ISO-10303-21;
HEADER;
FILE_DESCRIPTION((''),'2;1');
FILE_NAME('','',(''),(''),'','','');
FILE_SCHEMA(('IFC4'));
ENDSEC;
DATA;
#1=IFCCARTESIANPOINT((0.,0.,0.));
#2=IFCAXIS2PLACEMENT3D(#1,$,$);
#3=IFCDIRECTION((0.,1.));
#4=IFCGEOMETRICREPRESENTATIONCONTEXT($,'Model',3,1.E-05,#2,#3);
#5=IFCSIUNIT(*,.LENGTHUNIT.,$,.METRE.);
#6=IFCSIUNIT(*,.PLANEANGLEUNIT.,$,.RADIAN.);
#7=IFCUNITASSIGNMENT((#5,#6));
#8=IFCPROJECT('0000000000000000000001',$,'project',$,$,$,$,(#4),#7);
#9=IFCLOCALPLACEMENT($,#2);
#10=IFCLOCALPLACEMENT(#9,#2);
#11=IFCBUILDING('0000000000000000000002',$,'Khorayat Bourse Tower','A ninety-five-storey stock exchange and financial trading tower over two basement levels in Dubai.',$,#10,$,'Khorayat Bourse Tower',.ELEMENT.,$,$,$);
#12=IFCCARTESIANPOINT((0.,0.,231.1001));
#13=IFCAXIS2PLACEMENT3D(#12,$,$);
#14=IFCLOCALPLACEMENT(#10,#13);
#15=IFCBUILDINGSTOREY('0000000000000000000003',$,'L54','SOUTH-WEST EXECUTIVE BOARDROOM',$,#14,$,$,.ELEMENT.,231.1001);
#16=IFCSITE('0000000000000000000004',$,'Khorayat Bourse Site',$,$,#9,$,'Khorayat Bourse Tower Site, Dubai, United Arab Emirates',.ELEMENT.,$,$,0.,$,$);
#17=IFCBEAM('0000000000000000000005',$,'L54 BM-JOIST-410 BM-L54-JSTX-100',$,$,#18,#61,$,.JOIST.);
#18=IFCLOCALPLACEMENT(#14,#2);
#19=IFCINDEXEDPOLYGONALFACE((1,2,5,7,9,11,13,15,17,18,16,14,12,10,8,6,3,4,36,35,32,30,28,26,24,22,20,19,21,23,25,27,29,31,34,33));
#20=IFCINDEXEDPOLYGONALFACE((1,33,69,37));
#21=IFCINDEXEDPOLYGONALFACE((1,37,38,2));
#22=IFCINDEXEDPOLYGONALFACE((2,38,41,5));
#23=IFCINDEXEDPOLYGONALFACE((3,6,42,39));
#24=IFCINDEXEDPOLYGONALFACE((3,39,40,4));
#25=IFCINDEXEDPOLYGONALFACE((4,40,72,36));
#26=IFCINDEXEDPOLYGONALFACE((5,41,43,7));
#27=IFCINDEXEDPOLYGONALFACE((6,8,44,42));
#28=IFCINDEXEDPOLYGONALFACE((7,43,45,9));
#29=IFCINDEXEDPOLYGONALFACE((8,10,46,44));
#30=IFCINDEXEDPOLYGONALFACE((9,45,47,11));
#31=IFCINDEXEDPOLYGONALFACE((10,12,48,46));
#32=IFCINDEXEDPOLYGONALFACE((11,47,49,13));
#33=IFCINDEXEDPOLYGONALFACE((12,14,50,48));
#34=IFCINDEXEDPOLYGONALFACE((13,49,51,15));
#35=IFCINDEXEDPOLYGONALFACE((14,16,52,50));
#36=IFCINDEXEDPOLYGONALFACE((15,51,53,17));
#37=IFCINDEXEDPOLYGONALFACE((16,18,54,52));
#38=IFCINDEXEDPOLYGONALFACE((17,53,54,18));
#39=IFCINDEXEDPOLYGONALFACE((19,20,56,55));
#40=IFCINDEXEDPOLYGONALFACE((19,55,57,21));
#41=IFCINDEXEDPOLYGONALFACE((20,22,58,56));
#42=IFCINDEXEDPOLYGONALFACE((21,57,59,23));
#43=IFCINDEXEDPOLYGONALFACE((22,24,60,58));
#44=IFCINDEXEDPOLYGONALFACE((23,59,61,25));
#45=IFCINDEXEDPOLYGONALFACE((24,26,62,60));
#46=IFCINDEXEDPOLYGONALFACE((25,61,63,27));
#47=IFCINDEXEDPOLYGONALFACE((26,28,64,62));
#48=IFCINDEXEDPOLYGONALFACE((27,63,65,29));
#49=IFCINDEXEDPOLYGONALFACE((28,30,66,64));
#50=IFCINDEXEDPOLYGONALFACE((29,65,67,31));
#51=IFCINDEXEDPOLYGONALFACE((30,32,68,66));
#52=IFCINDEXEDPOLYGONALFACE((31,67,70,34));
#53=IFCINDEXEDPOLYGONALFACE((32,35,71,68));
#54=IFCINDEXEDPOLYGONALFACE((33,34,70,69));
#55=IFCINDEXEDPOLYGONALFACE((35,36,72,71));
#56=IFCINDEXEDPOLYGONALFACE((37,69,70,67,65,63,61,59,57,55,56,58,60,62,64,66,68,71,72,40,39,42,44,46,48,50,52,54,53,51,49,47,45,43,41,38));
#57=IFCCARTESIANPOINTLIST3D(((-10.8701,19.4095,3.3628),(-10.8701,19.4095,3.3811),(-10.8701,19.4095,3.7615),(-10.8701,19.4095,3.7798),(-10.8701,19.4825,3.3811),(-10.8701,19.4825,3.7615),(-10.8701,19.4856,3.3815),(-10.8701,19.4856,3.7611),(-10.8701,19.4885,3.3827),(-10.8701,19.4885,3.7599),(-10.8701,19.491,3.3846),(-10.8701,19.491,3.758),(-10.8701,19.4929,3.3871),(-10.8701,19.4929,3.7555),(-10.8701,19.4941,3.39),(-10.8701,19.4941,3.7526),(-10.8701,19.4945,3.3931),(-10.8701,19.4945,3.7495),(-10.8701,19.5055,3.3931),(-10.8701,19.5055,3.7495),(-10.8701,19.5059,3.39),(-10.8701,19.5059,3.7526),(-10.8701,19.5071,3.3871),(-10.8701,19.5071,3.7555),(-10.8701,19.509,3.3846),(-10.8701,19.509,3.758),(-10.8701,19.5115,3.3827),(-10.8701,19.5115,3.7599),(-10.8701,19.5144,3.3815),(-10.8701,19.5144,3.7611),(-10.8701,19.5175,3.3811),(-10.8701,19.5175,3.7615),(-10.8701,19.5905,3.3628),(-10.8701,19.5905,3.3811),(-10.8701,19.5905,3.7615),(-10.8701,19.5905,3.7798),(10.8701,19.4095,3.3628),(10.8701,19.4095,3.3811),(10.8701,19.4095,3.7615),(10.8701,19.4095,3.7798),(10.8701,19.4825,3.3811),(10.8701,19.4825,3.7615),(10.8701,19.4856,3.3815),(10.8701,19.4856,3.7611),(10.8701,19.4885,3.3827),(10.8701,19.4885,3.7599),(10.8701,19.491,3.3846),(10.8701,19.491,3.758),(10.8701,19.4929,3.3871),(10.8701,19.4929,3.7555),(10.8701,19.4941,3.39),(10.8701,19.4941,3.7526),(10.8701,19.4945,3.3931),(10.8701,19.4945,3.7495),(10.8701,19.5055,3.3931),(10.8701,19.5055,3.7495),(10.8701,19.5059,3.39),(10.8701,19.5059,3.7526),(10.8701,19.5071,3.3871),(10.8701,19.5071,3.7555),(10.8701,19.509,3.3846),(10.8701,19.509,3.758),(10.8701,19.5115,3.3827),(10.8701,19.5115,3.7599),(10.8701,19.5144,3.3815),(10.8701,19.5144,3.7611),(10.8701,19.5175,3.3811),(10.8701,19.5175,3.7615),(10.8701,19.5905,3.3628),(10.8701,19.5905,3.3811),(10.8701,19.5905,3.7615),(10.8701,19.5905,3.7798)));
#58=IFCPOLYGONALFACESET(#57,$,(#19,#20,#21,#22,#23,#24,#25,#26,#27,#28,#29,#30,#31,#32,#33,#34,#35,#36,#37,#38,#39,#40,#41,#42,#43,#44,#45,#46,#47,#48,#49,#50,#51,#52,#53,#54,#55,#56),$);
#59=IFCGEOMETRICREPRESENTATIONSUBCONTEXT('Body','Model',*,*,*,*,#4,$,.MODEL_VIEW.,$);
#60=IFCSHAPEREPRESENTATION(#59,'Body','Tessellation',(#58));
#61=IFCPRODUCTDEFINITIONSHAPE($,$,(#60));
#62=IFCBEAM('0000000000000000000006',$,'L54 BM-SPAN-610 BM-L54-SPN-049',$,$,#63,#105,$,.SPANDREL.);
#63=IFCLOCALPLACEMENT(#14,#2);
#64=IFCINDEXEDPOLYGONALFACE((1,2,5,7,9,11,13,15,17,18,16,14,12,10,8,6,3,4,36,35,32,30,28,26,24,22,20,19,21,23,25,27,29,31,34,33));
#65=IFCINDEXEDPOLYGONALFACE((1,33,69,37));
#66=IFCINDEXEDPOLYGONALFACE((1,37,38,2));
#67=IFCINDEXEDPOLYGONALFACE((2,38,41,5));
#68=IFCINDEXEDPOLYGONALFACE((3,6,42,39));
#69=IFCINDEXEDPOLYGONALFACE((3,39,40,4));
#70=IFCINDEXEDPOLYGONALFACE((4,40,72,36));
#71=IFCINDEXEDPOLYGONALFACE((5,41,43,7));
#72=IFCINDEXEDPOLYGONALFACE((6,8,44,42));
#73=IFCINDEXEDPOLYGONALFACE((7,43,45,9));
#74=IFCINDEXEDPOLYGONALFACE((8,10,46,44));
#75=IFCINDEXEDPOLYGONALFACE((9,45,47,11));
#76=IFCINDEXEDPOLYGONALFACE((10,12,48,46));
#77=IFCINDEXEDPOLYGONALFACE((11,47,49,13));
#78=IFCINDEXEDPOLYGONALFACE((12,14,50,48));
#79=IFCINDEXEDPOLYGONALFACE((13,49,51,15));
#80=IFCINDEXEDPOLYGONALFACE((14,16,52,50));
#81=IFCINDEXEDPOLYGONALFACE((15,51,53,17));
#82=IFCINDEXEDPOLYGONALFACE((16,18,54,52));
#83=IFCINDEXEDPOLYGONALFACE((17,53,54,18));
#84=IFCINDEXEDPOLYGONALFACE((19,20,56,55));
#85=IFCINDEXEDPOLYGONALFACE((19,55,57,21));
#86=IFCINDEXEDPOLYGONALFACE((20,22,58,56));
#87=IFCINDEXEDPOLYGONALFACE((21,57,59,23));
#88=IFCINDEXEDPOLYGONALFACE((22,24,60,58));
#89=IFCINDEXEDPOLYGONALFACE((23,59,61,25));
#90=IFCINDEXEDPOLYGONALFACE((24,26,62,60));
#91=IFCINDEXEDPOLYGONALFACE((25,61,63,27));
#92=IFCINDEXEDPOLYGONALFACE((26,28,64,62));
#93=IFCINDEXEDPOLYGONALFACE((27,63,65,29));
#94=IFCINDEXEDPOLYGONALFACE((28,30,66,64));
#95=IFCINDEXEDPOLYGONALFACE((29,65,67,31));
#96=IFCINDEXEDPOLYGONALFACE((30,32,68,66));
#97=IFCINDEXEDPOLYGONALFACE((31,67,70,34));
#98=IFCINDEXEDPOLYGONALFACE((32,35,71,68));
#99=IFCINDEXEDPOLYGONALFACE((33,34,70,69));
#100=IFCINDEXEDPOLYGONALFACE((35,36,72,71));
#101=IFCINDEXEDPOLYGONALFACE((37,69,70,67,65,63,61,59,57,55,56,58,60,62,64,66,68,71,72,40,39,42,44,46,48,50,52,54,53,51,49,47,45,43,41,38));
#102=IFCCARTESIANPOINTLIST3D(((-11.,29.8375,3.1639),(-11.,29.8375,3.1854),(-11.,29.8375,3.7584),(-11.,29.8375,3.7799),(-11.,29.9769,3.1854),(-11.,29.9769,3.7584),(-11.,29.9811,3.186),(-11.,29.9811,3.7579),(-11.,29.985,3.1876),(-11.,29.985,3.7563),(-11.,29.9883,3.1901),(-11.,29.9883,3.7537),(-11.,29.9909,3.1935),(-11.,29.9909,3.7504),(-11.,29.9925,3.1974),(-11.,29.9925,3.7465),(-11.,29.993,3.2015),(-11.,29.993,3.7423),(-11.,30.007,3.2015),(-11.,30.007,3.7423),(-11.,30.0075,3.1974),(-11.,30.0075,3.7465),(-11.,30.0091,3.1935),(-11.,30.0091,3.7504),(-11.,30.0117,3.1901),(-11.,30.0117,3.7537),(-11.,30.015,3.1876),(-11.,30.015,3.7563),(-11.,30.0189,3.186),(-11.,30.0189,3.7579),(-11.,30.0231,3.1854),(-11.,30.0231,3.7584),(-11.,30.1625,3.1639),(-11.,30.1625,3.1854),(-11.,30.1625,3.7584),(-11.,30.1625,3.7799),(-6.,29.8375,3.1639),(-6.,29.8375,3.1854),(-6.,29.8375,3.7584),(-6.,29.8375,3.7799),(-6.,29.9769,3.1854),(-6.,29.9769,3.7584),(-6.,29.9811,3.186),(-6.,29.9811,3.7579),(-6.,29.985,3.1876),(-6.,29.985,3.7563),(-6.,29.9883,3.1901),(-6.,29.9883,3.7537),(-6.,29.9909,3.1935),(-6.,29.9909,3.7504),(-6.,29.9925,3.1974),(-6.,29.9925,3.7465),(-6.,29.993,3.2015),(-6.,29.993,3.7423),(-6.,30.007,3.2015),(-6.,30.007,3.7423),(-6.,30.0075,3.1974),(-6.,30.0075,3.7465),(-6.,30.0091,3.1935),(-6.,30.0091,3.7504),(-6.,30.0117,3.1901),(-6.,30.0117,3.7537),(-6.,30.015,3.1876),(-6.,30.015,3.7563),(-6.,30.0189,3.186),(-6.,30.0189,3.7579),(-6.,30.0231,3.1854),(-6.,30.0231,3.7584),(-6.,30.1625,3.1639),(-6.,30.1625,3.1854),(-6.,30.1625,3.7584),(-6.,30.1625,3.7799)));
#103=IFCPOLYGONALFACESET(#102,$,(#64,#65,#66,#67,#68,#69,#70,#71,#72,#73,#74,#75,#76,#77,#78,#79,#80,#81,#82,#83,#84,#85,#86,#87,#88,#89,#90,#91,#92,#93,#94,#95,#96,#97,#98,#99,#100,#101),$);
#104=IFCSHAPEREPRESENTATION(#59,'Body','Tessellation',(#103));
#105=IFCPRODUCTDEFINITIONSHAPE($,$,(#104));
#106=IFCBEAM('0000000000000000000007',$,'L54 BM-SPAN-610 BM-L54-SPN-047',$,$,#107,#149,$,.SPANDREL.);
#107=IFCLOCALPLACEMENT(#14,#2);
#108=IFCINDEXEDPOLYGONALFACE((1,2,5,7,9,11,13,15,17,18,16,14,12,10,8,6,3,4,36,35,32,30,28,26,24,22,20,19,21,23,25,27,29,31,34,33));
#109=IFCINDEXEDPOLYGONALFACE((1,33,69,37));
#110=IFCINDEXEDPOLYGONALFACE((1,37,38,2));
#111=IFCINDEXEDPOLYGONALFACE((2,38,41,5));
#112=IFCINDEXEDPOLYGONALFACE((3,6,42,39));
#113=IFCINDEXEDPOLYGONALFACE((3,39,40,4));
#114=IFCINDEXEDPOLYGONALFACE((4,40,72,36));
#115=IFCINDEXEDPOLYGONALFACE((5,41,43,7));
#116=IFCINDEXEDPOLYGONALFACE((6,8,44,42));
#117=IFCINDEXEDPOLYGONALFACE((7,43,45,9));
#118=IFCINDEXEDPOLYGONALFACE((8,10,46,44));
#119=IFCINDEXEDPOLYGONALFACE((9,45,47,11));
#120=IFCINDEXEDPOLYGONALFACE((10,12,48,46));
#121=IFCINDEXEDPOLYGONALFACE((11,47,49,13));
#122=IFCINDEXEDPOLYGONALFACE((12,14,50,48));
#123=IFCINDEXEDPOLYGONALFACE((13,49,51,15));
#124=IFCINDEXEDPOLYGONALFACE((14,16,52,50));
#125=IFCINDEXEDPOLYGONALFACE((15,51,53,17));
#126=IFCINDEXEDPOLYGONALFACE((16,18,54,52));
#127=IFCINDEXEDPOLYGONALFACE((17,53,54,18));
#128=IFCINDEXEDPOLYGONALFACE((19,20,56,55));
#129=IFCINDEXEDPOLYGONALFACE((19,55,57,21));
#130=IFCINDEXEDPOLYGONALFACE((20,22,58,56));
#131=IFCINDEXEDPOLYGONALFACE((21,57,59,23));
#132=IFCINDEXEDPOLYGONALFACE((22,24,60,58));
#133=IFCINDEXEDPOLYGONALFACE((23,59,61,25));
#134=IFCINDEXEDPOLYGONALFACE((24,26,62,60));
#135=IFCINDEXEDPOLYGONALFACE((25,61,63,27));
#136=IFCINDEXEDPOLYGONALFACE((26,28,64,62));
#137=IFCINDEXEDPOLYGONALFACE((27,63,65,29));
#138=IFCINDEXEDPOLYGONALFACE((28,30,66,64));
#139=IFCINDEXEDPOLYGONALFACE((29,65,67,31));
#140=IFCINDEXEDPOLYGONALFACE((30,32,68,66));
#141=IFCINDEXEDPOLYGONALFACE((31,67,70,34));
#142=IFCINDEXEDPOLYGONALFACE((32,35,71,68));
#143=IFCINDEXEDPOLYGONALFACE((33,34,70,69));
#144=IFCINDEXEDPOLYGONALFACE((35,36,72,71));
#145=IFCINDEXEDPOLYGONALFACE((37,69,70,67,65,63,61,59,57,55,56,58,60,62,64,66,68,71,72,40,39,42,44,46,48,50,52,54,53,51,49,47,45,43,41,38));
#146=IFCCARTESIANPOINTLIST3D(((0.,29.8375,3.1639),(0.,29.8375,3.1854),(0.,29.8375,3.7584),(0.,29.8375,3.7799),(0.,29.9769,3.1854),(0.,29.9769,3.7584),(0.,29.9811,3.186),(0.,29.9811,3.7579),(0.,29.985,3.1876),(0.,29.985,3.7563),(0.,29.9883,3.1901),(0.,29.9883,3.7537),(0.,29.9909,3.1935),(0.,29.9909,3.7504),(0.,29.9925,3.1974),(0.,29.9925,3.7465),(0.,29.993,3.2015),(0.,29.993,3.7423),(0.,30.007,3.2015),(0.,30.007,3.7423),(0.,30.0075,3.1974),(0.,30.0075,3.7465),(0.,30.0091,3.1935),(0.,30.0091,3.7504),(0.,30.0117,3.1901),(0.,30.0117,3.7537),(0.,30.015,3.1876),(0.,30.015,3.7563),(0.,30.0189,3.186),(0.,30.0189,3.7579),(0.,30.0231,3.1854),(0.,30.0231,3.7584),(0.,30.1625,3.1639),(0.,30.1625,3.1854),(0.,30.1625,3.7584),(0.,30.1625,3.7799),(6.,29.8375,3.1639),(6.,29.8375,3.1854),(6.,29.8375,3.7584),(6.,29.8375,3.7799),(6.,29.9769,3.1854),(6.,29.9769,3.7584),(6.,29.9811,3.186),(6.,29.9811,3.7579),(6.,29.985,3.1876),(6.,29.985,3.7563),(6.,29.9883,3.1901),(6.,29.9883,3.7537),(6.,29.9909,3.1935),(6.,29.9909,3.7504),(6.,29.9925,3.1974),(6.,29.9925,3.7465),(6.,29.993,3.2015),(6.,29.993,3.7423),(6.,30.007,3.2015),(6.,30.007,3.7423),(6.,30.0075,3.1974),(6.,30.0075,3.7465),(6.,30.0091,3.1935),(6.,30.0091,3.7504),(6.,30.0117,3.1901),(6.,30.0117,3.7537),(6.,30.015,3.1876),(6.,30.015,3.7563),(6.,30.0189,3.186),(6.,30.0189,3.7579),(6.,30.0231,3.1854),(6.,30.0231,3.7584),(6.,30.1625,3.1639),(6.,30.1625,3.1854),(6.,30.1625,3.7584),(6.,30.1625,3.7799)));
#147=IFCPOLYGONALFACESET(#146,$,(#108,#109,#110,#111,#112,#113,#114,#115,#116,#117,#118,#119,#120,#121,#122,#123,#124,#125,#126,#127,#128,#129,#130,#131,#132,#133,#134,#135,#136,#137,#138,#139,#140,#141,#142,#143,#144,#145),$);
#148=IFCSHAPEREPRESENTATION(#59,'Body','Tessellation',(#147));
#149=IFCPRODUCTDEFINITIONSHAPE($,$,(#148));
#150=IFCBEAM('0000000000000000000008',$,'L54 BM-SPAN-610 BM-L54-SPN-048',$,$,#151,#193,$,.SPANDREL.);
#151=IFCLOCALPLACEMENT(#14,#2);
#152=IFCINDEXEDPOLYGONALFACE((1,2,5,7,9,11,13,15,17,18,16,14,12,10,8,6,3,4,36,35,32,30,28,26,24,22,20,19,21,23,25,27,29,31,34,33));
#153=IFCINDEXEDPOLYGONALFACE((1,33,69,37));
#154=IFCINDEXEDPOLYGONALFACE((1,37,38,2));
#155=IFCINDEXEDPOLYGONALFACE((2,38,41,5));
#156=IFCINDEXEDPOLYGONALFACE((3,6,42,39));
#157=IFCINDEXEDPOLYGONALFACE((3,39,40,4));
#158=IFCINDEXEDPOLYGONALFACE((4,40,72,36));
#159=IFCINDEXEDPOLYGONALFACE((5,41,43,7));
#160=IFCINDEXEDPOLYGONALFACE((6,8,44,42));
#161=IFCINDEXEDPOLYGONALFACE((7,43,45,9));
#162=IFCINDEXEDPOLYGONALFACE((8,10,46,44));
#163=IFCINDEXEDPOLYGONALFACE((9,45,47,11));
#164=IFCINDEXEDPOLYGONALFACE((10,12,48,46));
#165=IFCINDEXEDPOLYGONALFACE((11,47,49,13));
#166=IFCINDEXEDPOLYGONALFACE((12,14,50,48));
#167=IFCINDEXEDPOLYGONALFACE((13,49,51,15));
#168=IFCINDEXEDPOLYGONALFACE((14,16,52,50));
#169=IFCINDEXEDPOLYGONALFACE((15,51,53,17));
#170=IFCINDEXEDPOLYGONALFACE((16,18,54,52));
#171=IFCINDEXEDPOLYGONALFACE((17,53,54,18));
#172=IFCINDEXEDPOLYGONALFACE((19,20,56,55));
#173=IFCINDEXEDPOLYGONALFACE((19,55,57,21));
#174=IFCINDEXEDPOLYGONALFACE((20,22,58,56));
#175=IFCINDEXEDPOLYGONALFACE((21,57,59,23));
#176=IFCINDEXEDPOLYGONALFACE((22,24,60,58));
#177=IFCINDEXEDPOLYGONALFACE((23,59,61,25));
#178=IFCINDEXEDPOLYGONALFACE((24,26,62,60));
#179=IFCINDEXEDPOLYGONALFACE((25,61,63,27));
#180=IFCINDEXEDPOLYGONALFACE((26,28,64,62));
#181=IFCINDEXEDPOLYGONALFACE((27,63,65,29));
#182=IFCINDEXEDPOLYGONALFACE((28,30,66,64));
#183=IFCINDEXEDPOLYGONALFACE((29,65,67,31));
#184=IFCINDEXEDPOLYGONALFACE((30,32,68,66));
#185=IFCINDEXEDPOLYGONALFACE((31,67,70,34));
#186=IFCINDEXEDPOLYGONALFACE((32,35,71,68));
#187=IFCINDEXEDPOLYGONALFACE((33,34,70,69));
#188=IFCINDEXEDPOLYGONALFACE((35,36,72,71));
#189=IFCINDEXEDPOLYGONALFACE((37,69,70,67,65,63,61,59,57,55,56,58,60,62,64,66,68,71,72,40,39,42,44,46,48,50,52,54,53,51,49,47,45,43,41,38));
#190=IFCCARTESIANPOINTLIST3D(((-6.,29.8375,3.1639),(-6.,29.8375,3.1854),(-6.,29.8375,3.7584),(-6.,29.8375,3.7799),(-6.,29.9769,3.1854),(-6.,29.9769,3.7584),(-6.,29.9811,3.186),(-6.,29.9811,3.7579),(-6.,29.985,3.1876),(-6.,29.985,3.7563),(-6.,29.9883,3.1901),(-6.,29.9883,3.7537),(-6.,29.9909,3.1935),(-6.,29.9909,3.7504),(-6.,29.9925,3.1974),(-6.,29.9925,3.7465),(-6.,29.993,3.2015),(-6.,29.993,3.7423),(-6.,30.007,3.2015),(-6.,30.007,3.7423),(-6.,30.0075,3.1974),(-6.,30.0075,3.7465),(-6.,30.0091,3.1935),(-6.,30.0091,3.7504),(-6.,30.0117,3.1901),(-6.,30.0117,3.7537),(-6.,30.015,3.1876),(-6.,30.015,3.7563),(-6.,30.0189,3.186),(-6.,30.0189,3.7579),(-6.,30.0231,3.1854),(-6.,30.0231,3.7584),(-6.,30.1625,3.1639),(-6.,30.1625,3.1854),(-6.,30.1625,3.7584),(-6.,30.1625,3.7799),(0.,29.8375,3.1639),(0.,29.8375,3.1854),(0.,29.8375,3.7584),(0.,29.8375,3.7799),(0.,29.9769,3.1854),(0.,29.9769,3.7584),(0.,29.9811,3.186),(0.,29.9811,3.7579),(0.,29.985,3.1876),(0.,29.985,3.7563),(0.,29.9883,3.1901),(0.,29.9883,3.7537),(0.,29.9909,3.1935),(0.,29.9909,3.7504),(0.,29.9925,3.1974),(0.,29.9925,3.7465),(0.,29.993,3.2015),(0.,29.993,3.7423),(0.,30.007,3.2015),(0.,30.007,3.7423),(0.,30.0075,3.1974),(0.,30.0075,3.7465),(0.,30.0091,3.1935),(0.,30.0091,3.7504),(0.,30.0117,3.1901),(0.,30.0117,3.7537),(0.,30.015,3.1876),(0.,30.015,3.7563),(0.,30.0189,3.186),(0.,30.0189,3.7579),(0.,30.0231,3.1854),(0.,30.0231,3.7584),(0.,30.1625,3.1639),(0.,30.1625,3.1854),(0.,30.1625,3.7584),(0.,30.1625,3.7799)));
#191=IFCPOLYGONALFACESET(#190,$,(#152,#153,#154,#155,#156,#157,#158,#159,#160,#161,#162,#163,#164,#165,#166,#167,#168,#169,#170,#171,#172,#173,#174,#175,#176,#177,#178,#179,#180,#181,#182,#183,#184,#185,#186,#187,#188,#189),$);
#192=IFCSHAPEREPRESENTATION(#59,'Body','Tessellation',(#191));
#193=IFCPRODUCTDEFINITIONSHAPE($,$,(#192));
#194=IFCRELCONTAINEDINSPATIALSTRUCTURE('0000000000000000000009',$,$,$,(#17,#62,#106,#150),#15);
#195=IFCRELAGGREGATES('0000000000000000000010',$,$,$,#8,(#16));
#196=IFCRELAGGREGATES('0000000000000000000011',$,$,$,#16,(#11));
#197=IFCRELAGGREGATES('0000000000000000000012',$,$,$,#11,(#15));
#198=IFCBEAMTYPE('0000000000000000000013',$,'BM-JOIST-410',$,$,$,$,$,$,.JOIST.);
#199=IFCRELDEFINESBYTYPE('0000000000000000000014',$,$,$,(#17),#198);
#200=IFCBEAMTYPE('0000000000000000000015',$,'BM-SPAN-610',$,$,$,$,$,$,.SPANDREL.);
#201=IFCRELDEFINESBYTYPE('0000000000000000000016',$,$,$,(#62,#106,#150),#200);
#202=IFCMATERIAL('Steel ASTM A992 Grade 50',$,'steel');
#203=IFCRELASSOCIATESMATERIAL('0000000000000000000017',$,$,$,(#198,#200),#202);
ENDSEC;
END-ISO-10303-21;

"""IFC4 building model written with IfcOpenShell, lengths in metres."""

from ifc_helpers import new_model, si_unit, direction, frame, origin, origin_2d, place, context, subcontext, project, spatial, i_section, extrude, source, transform, mapped, material, material_profile, profile_set, type_object, element, save


model = new_model("IFC4")

# Units and contexts
model_context = context("Model", 3, precision=1e-05, world=origin(), true_north=direction((0.0, 1.0)))
body_context = subcontext(model_context, "Body", "Model", "MODEL_VIEW")
ifc_project = project(units=[si_unit("LENGTHUNIT", "METRE"), si_unit("PLANEANGLEUNIT", "RADIAN")], contexts=[model_context])

# Site, building, storey
site_placement = place(None, origin())
site = spatial("IfcSite", under=ifc_project, at=site_placement, Name="Khorayat Bourse Site", LongName="Khorayat Bourse Tower Site, Dubai, United Arab Emirates", CompositionType="ELEMENT", RefElevation=0.0)
building_placement = place(site_placement, origin())
building = spatial("IfcBuilding", under=site, at=building_placement, Name="Khorayat Bourse Tower", Description="A ninety-five-storey stock exchange and financial trading tower over two basement levels in Dubai.", LongName="Khorayat Bourse Tower", CompositionType="ELEMENT")
storey_placement = place(building_placement, frame((0.0, 0.0, 231.1001)))
storey = spatial("IfcBuildingStorey", under=building, at=storey_placement, Name="L54", Description="SOUTH-WEST EXECUTIVE BOARDROOM", CompositionType="ELEMENT", Elevation=231.1001)

# Beams
ifc_material_1 = material(Name="Steel ASTM A992 Grade 50", Category="steel")
ifc_material_profile_1 = material_profile(ifc_material_1, i_section(OverallWidth=0.1809, OverallDepth=0.417, WebThickness=0.011, FlangeThickness=0.0183, FilletRadius=0.012, at=origin_2d()), Name="W410X85")
ifc_profile_set_1 = profile_set([ifc_material_profile_1], Name="Steel ASTM A992 Grade 50")
beam_type_1 = type_object("IfcBeamType", Name="BM-JOIST-410", PredefinedType="JOIST", material=ifc_profile_set_1)
shared_shape_1 = source(origin(), body_context, "Body", "SweptSolid", [
    extrude(i_section(OverallWidth=0.1809, OverallDepth=0.417, WebThickness=0.011, FlangeThickness=0.0183, FilletRadius=0.012, at=origin_2d()), origin(), (0.0, 0.0, 1.0), 21.7402),
])
beam_1_placement = place(storey_placement, frame((-10.8701, 19.5, 3.5713), z_axis=(1.0, 0.0, 0.0), x_axis=(0.0, 1.0, 0.0)))
element("IfcBeam", 1, at=beam_1_placement, inside=storey, type_object=beam_type_1, Name="L54 BM-JOIST-410 BM-L54-JSTX-100", PredefinedType="JOIST", context=body_context, shape_type="MappedRepresentation", body=[
    mapped(shared_shape_1, transform((0.0, 0.0, 0.0), scale=1.0)),
])
ifc_material_profile_2 = material_profile(ifc_material_1, i_section(OverallWidth=0.325, OverallDepth=0.616, WebThickness=0.0139, FlangeThickness=0.0215, FilletRadius=0.0161, at=origin_2d()), Name="W610X174")
ifc_profile_set_2 = profile_set([ifc_material_profile_2], Name="Steel ASTM A992 Grade 50")
beam_type_2 = type_object("IfcBeamType", Name="BM-SPAN-610", PredefinedType="SPANDREL", material=ifc_profile_set_2)
shared_shape_2 = source(origin(), body_context, "Body", "SweptSolid", [
    extrude(i_section(OverallWidth=0.325, OverallDepth=0.616, WebThickness=0.0139, FlangeThickness=0.0215, FilletRadius=0.0161, at=origin_2d()), origin(), (0.0, 0.0, 1.0), 5.0),
])
beam_2_placement = place(storey_placement, frame((-11.0, 30.0, 3.4719), z_axis=(1.0, 0.0, 0.0), x_axis=(0.0, 1.0, 0.0)))
element("IfcBeam", 2, at=beam_2_placement, inside=storey, type_object=beam_type_2, Name="L54 BM-SPAN-610 BM-L54-SPN-049", PredefinedType="SPANDREL", context=body_context, shape_type="MappedRepresentation", body=[
    mapped(shared_shape_2, transform((0.0, 0.0, 0.0), scale=1.0)),
])
shared_shape_3 = source(origin(), body_context, "Body", "SweptSolid", [
    extrude(i_section(OverallWidth=0.325, OverallDepth=0.616, WebThickness=0.0139, FlangeThickness=0.0215, FilletRadius=0.0161, at=origin_2d()), origin(), (0.0, 0.0, 1.0), 6.0),
])
for number, where, z_axis, x_axis, name in (
    (3, (0.0, 30.0, 3.4719), (1.0, 0.0, 0.0), (0.0, 1.0, 0.0), "L54 BM-SPAN-610 BM-L54-SPN-047"),
    (4, (-6.0, 30.0, 3.4719), (1.0, 0.0, 0.0), (0.0, 1.0, 0.0), "L54 BM-SPAN-610 BM-L54-SPN-048"),
):
    element("IfcBeam", number, at=place(storey_placement, frame(where, z_axis=z_axis, x_axis=x_axis)), inside=storey, type_object=beam_type_2, Name=name, PredefinedType="SPANDREL", context=body_context, shape_type="MappedRepresentation", body=[
        mapped(shared_shape_3, transform((0.0, 0.0, 0.0), scale=1.0)),
    ])

save(model, "model.ifc")
